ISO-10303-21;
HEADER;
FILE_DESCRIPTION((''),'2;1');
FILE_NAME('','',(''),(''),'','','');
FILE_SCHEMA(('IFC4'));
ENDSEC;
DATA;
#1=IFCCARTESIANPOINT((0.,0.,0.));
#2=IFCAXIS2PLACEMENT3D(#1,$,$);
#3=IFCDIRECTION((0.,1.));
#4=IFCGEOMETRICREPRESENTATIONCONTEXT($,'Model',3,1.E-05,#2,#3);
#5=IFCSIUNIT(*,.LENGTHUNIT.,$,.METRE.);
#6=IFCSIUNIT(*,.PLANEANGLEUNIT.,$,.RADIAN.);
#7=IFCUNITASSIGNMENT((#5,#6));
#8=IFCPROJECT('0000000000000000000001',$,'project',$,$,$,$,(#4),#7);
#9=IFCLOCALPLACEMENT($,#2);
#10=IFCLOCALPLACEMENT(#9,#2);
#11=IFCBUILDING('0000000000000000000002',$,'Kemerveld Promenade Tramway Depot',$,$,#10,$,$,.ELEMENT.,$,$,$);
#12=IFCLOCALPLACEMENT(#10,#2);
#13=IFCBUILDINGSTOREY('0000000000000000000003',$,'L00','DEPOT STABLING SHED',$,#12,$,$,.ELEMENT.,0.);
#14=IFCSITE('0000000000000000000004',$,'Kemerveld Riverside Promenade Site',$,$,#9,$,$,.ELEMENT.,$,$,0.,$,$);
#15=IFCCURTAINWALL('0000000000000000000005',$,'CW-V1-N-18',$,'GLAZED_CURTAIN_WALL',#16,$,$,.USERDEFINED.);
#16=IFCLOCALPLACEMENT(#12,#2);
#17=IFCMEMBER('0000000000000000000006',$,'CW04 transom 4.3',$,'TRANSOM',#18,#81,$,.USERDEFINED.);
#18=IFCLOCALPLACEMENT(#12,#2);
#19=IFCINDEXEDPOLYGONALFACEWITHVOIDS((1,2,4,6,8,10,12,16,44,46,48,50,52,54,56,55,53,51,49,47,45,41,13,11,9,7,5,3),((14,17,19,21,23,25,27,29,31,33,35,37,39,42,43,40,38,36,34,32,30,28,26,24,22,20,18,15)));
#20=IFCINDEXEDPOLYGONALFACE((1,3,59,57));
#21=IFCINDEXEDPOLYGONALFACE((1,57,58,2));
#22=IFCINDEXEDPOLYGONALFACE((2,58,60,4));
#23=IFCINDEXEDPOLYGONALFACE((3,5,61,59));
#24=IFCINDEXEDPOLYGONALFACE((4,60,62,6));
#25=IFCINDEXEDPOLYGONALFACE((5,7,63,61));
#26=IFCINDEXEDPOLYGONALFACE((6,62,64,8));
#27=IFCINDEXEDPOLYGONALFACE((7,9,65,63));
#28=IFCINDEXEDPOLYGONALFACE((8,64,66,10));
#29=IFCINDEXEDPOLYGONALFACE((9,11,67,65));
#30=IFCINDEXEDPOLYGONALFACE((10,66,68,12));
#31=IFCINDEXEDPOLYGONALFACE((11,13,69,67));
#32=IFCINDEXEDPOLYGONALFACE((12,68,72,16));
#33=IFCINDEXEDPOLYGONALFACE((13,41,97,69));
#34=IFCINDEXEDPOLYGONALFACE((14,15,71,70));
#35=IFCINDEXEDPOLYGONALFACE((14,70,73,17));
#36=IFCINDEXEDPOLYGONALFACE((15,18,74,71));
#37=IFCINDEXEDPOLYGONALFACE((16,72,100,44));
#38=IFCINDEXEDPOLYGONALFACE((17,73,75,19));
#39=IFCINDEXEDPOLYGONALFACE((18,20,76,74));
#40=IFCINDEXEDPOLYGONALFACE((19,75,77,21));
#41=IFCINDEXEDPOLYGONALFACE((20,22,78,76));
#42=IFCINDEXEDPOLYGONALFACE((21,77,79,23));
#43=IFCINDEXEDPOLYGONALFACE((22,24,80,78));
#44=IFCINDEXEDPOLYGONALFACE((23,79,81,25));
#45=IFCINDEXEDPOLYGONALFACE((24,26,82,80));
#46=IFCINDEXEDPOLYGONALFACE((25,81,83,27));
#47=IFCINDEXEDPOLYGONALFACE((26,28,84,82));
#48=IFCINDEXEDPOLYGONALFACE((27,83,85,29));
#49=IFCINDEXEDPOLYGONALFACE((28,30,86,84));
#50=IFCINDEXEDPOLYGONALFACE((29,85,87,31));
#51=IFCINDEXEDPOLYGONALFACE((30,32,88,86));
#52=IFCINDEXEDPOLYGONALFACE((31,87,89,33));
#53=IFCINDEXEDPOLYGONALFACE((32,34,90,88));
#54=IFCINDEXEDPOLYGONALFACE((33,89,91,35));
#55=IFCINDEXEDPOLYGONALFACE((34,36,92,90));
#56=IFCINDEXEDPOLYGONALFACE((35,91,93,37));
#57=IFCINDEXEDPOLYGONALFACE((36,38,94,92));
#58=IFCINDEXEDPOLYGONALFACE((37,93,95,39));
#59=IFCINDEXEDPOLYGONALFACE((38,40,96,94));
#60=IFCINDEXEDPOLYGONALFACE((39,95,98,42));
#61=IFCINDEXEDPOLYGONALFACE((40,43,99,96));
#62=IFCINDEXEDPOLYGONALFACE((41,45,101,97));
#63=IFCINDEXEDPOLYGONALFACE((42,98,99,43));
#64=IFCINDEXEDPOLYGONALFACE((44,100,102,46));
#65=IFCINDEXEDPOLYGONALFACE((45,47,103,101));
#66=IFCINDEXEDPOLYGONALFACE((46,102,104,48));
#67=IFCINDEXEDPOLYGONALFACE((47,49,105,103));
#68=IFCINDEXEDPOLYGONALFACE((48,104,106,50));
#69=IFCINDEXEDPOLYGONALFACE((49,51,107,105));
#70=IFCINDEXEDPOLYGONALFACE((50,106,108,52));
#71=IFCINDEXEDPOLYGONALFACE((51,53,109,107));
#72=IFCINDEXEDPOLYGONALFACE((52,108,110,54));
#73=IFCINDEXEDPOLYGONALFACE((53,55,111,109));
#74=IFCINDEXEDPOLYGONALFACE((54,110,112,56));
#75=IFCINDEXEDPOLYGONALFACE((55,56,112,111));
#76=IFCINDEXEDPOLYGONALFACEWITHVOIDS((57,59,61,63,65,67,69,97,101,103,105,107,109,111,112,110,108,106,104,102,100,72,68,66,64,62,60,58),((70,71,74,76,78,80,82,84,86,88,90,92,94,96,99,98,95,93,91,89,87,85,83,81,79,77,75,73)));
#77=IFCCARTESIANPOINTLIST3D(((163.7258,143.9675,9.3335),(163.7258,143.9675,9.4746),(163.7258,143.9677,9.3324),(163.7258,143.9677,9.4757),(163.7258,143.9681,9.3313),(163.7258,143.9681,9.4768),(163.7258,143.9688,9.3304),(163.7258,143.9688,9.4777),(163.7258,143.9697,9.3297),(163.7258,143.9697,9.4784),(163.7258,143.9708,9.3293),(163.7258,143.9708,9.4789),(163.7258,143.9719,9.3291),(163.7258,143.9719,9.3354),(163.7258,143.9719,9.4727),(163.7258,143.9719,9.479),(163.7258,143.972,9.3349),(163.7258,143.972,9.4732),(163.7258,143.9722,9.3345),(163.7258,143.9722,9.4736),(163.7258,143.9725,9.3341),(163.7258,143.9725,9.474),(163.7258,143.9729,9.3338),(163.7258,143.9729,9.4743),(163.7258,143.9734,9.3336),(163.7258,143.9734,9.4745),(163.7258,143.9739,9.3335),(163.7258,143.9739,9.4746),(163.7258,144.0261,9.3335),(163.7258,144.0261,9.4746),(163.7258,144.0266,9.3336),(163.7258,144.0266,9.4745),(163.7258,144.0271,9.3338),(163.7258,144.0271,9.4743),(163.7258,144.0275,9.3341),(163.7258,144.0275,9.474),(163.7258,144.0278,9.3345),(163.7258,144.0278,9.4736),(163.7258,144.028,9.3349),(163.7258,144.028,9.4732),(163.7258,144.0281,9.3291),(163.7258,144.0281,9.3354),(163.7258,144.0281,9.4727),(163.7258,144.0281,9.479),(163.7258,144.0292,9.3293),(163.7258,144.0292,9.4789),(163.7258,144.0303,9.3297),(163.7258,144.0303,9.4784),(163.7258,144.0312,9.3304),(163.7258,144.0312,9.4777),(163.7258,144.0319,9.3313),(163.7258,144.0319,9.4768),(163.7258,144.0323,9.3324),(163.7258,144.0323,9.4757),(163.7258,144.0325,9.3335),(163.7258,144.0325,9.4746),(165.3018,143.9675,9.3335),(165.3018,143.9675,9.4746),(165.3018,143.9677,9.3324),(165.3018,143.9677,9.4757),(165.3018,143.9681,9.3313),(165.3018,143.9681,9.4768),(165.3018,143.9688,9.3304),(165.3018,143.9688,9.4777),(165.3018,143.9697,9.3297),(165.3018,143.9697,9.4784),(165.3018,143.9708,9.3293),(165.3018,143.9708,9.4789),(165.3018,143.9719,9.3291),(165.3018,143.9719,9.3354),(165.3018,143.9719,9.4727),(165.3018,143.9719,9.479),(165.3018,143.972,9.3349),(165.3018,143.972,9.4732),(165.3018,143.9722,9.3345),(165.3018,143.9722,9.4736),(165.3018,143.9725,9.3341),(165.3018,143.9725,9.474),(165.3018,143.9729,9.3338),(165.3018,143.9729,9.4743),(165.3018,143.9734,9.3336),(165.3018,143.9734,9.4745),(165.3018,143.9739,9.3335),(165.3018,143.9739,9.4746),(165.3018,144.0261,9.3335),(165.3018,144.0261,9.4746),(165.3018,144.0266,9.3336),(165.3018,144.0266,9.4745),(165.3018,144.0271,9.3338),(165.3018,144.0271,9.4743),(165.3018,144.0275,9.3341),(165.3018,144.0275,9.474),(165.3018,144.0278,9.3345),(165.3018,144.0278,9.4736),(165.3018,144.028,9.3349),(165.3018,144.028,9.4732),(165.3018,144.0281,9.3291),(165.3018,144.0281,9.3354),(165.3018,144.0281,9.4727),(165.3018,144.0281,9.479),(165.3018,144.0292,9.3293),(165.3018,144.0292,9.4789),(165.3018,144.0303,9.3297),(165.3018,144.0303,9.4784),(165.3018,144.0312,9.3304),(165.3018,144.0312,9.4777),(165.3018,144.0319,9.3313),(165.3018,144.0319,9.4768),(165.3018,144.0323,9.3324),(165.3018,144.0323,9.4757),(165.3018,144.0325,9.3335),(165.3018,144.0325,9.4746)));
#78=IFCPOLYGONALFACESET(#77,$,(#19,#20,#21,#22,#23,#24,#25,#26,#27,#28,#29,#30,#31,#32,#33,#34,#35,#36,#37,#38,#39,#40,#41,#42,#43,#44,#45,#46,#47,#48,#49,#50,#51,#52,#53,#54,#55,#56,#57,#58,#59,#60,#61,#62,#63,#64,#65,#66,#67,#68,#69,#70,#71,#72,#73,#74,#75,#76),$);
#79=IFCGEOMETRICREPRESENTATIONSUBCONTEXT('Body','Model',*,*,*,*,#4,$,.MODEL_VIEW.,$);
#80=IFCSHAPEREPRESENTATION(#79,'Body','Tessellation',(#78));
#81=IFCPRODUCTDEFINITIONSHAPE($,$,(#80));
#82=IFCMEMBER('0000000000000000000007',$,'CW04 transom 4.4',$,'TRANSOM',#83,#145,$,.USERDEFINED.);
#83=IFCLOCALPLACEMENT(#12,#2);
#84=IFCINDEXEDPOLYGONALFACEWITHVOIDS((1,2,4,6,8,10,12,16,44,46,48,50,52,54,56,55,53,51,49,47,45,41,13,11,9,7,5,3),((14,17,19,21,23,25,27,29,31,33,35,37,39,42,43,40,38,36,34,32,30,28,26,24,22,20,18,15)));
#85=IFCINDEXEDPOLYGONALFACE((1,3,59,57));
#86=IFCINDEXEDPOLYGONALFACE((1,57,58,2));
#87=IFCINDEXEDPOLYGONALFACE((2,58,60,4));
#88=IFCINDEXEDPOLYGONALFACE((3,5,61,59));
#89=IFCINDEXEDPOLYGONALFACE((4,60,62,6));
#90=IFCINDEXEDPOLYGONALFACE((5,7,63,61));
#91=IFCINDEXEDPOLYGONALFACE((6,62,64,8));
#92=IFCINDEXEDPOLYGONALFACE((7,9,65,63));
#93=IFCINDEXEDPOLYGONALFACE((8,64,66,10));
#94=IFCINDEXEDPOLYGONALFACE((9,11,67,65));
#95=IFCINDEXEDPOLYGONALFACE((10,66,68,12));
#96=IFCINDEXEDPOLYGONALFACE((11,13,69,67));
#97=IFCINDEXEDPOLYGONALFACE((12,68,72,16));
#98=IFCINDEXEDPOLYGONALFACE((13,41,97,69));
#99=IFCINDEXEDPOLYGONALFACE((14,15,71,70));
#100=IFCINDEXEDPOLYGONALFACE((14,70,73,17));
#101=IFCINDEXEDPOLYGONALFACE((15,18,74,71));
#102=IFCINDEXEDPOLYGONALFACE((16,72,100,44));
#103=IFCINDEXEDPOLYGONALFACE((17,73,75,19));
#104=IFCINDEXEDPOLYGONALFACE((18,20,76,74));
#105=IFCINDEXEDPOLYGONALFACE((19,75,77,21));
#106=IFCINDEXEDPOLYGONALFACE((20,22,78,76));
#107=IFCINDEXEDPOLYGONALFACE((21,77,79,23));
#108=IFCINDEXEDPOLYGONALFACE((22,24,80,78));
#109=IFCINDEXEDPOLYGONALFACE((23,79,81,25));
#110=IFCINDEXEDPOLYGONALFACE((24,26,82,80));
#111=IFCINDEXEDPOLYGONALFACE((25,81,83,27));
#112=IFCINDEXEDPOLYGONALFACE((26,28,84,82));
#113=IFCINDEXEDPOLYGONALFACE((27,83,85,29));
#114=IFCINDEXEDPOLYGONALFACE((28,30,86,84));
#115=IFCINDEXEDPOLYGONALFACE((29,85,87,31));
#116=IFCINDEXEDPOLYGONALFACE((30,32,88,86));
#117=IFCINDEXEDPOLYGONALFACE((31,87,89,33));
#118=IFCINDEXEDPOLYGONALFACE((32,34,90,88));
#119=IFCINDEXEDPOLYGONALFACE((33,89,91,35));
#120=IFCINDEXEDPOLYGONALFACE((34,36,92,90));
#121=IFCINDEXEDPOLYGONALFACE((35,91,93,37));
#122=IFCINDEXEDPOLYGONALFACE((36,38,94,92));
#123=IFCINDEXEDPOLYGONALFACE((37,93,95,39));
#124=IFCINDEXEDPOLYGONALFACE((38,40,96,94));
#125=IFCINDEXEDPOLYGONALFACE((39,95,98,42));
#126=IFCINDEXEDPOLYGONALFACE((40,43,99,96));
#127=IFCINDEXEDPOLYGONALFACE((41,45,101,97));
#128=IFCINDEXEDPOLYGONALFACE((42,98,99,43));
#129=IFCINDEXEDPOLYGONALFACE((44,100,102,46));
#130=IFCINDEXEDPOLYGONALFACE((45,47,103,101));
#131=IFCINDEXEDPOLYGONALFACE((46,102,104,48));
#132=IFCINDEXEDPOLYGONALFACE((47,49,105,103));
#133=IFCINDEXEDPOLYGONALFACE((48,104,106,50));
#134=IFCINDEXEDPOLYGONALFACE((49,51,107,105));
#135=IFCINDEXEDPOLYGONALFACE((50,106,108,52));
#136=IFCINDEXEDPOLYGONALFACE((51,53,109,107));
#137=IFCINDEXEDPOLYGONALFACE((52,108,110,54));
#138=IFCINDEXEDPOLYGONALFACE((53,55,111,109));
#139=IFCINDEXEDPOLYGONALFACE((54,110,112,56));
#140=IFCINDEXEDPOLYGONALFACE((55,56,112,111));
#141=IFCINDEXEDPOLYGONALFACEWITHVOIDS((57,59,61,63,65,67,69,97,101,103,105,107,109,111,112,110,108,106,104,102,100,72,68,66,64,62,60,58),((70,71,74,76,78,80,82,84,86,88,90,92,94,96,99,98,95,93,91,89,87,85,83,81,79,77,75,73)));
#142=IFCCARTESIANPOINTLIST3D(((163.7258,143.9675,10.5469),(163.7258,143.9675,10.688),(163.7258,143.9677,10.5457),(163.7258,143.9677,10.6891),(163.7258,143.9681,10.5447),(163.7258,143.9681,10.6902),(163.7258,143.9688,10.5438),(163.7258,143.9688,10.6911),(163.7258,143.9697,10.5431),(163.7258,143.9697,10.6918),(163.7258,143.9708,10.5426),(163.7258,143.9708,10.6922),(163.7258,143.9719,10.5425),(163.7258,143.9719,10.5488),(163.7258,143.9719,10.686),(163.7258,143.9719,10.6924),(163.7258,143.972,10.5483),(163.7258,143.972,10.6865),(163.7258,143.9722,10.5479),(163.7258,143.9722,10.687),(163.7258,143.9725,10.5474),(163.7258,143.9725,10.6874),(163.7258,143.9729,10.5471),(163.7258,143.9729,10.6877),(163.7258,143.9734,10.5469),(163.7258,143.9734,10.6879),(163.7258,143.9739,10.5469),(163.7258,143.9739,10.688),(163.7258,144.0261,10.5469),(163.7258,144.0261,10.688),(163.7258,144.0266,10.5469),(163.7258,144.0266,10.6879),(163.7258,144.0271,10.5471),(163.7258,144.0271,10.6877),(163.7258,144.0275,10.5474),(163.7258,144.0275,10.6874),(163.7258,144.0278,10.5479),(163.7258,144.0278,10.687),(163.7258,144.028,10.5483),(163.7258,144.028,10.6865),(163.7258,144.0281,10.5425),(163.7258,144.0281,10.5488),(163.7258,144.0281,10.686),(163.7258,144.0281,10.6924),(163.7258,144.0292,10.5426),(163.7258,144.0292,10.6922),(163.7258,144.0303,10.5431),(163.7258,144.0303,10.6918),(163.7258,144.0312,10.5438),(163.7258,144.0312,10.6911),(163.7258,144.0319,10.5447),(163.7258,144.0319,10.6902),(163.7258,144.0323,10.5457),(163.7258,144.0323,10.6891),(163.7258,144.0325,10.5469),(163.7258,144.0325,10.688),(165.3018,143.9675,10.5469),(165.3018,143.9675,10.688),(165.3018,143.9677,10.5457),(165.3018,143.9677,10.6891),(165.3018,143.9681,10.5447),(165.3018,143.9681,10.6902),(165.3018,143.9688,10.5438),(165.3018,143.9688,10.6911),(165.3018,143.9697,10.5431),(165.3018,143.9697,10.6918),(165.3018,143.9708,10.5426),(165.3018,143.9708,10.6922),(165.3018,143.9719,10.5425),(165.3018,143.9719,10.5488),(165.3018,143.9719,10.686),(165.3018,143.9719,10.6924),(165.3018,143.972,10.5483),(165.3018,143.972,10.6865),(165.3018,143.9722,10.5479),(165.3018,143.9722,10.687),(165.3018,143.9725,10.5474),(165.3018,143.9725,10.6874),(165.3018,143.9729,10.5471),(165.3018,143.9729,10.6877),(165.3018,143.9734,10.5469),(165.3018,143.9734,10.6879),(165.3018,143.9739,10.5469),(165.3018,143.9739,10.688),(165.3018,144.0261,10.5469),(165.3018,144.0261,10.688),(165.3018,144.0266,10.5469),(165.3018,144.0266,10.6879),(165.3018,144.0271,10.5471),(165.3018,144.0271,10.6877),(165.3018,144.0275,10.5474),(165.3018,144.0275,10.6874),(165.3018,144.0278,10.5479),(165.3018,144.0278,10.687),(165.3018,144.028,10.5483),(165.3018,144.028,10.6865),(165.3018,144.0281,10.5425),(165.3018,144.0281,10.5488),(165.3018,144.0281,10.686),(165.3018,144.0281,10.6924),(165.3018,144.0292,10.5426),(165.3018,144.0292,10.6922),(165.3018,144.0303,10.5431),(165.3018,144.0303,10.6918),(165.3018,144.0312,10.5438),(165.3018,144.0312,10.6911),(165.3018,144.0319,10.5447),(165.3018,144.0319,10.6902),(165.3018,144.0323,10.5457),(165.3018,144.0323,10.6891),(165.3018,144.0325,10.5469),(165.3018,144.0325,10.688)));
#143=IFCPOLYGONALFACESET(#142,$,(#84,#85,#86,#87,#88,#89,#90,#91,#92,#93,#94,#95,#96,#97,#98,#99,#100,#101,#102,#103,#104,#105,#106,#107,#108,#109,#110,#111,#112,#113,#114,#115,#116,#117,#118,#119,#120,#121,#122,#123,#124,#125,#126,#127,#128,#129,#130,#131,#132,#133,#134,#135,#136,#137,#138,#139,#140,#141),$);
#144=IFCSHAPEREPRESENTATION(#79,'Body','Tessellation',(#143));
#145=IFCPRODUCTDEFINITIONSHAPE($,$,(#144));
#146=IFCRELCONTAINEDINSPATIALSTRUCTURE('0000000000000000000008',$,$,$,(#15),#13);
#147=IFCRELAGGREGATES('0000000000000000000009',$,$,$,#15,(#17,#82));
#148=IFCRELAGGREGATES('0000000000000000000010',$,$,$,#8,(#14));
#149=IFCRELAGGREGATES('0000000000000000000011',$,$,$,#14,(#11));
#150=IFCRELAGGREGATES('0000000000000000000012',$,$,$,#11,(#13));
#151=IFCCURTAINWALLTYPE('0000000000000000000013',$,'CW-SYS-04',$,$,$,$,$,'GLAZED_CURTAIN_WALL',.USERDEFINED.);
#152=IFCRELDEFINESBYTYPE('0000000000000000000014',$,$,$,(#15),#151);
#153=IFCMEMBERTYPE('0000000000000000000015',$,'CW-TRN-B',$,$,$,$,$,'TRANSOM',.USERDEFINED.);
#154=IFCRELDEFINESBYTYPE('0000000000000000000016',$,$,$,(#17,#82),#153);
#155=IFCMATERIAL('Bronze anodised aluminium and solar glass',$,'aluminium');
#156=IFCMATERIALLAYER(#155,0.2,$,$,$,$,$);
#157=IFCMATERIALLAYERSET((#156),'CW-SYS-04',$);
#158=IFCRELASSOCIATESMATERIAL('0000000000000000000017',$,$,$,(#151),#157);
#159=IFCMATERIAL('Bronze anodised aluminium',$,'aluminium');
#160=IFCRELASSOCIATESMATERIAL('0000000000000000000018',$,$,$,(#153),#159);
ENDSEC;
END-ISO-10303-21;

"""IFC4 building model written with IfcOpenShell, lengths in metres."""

from ifc_helpers import new_model, si_unit, direction, frame, origin, origin_2d, place, context, subcontext, project, spatial, hollow_rectangle, extrude, material, layer, layer_set, material_profile, profile_set, type_object, element, aggregate, save


model = new_model("IFC4")

# Units and contexts
model_context = context("Model", 3, precision=1e-05, world=origin(), true_north=direction((0.0, 1.0)))
body_context = subcontext(model_context, "Body", "Model", "MODEL_VIEW")
ifc_project = project(units=[si_unit("LENGTHUNIT", "METRE"), si_unit("PLANEANGLEUNIT", "RADIAN")], contexts=[model_context])

# Site, building, storey
site_placement = place(None, origin())
site = spatial("IfcSite", under=ifc_project, at=site_placement, Name="Kemerveld Riverside Promenade Site", CompositionType="ELEMENT", RefElevation=0.0)
building_placement = place(site_placement, origin())
building = spatial("IfcBuilding", under=site, at=building_placement, Name="Kemerveld Promenade Tramway Depot", CompositionType="ELEMENT")
storey_placement = place(building_placement, origin())
storey = spatial("IfcBuildingStorey", under=building, at=storey_placement, Name="L00", Description="DEPOT STABLING SHED", CompositionType="ELEMENT", Elevation=0.0)

# Shared definitions
ifc_material_1 = material(Name="Bronze anodised aluminium and solar glass", Category="aluminium")
ifc_material_2 = material(Name="Bronze anodised aluminium", Category="aluminium")

# Curtain wall, members
ifc_layer_1 = layer(ifc_material_1, 0.2)
ifc_layer_set_1 = layer_set([ifc_layer_1], Name="CW-SYS-04")
curtain_wall_type_1 = type_object("IfcCurtainWallType", Name="CW-SYS-04", ElementType="GLAZED_CURTAIN_WALL", PredefinedType="USERDEFINED", material=ifc_layer_set_1)
curtain_wall_1_placement = place(storey_placement, origin())
curtain_wall_1 = element("IfcCurtainWall", 1, at=curtain_wall_1_placement, inside=storey, type_object=curtain_wall_type_1, Name="CW-V1-N-18", ObjectType="GLAZED_CURTAIN_WALL", PredefinedType="USERDEFINED")
ifc_material_profile_1 = material_profile(ifc_material_2, hollow_rectangle(XDim=0.0649, YDim=0.1499, WallThickness=0.0044, InnerFilletRadius=0.002, OuterFilletRadius=0.0044, at=origin_2d()), Name="CW-TRN-150x65")
ifc_profile_set_1 = profile_set([ifc_material_profile_1], Name="Bronze anodised aluminium")
member_type_1 = type_object("IfcMemberType", Name="CW-TRN-B", ElementType="TRANSOM", PredefinedType="USERDEFINED", material=ifc_profile_set_1)
member_1_placement = place(storey_placement, frame((163.7258, 144.0, 9.4041), z_axis=(1.0, 0.0, 0.0), x_axis=(0.0, 1.0, 0.0)))
member_1 = element("IfcMember", 2, at=member_1_placement, type_object=member_type_1, Name="CW04 transom 4.3", ObjectType="TRANSOM", PredefinedType="USERDEFINED", context=body_context, shape_type="SweptSolid", body=[
    extrude(hollow_rectangle(XDim=0.0649, YDim=0.1499, WallThickness=0.0044, InnerFilletRadius=0.002, OuterFilletRadius=0.0044, at=origin_2d()), origin(), (0.0, 0.0, 1.0), 1.5759),
])
member_2_placement = place(storey_placement, frame((163.7258, 144.0, 10.6174), z_axis=(1.0, 0.0, 0.0), x_axis=(0.0, 1.0, 0.0)))
member_2 = element("IfcMember", 3, at=member_2_placement, type_object=member_type_1, Name="CW04 transom 4.4", ObjectType="TRANSOM", PredefinedType="USERDEFINED", context=body_context, shape_type="SweptSolid", body=[
    extrude(hollow_rectangle(XDim=0.0649, YDim=0.1499, WallThickness=0.0044, InnerFilletRadius=0.002, OuterFilletRadius=0.0044, at=origin_2d()), origin(), (0.0, 0.0, 1.0), 1.5759),
])

aggregate(curtain_wall_1, [member_1, member_2])

save(model, "model.ifc")
